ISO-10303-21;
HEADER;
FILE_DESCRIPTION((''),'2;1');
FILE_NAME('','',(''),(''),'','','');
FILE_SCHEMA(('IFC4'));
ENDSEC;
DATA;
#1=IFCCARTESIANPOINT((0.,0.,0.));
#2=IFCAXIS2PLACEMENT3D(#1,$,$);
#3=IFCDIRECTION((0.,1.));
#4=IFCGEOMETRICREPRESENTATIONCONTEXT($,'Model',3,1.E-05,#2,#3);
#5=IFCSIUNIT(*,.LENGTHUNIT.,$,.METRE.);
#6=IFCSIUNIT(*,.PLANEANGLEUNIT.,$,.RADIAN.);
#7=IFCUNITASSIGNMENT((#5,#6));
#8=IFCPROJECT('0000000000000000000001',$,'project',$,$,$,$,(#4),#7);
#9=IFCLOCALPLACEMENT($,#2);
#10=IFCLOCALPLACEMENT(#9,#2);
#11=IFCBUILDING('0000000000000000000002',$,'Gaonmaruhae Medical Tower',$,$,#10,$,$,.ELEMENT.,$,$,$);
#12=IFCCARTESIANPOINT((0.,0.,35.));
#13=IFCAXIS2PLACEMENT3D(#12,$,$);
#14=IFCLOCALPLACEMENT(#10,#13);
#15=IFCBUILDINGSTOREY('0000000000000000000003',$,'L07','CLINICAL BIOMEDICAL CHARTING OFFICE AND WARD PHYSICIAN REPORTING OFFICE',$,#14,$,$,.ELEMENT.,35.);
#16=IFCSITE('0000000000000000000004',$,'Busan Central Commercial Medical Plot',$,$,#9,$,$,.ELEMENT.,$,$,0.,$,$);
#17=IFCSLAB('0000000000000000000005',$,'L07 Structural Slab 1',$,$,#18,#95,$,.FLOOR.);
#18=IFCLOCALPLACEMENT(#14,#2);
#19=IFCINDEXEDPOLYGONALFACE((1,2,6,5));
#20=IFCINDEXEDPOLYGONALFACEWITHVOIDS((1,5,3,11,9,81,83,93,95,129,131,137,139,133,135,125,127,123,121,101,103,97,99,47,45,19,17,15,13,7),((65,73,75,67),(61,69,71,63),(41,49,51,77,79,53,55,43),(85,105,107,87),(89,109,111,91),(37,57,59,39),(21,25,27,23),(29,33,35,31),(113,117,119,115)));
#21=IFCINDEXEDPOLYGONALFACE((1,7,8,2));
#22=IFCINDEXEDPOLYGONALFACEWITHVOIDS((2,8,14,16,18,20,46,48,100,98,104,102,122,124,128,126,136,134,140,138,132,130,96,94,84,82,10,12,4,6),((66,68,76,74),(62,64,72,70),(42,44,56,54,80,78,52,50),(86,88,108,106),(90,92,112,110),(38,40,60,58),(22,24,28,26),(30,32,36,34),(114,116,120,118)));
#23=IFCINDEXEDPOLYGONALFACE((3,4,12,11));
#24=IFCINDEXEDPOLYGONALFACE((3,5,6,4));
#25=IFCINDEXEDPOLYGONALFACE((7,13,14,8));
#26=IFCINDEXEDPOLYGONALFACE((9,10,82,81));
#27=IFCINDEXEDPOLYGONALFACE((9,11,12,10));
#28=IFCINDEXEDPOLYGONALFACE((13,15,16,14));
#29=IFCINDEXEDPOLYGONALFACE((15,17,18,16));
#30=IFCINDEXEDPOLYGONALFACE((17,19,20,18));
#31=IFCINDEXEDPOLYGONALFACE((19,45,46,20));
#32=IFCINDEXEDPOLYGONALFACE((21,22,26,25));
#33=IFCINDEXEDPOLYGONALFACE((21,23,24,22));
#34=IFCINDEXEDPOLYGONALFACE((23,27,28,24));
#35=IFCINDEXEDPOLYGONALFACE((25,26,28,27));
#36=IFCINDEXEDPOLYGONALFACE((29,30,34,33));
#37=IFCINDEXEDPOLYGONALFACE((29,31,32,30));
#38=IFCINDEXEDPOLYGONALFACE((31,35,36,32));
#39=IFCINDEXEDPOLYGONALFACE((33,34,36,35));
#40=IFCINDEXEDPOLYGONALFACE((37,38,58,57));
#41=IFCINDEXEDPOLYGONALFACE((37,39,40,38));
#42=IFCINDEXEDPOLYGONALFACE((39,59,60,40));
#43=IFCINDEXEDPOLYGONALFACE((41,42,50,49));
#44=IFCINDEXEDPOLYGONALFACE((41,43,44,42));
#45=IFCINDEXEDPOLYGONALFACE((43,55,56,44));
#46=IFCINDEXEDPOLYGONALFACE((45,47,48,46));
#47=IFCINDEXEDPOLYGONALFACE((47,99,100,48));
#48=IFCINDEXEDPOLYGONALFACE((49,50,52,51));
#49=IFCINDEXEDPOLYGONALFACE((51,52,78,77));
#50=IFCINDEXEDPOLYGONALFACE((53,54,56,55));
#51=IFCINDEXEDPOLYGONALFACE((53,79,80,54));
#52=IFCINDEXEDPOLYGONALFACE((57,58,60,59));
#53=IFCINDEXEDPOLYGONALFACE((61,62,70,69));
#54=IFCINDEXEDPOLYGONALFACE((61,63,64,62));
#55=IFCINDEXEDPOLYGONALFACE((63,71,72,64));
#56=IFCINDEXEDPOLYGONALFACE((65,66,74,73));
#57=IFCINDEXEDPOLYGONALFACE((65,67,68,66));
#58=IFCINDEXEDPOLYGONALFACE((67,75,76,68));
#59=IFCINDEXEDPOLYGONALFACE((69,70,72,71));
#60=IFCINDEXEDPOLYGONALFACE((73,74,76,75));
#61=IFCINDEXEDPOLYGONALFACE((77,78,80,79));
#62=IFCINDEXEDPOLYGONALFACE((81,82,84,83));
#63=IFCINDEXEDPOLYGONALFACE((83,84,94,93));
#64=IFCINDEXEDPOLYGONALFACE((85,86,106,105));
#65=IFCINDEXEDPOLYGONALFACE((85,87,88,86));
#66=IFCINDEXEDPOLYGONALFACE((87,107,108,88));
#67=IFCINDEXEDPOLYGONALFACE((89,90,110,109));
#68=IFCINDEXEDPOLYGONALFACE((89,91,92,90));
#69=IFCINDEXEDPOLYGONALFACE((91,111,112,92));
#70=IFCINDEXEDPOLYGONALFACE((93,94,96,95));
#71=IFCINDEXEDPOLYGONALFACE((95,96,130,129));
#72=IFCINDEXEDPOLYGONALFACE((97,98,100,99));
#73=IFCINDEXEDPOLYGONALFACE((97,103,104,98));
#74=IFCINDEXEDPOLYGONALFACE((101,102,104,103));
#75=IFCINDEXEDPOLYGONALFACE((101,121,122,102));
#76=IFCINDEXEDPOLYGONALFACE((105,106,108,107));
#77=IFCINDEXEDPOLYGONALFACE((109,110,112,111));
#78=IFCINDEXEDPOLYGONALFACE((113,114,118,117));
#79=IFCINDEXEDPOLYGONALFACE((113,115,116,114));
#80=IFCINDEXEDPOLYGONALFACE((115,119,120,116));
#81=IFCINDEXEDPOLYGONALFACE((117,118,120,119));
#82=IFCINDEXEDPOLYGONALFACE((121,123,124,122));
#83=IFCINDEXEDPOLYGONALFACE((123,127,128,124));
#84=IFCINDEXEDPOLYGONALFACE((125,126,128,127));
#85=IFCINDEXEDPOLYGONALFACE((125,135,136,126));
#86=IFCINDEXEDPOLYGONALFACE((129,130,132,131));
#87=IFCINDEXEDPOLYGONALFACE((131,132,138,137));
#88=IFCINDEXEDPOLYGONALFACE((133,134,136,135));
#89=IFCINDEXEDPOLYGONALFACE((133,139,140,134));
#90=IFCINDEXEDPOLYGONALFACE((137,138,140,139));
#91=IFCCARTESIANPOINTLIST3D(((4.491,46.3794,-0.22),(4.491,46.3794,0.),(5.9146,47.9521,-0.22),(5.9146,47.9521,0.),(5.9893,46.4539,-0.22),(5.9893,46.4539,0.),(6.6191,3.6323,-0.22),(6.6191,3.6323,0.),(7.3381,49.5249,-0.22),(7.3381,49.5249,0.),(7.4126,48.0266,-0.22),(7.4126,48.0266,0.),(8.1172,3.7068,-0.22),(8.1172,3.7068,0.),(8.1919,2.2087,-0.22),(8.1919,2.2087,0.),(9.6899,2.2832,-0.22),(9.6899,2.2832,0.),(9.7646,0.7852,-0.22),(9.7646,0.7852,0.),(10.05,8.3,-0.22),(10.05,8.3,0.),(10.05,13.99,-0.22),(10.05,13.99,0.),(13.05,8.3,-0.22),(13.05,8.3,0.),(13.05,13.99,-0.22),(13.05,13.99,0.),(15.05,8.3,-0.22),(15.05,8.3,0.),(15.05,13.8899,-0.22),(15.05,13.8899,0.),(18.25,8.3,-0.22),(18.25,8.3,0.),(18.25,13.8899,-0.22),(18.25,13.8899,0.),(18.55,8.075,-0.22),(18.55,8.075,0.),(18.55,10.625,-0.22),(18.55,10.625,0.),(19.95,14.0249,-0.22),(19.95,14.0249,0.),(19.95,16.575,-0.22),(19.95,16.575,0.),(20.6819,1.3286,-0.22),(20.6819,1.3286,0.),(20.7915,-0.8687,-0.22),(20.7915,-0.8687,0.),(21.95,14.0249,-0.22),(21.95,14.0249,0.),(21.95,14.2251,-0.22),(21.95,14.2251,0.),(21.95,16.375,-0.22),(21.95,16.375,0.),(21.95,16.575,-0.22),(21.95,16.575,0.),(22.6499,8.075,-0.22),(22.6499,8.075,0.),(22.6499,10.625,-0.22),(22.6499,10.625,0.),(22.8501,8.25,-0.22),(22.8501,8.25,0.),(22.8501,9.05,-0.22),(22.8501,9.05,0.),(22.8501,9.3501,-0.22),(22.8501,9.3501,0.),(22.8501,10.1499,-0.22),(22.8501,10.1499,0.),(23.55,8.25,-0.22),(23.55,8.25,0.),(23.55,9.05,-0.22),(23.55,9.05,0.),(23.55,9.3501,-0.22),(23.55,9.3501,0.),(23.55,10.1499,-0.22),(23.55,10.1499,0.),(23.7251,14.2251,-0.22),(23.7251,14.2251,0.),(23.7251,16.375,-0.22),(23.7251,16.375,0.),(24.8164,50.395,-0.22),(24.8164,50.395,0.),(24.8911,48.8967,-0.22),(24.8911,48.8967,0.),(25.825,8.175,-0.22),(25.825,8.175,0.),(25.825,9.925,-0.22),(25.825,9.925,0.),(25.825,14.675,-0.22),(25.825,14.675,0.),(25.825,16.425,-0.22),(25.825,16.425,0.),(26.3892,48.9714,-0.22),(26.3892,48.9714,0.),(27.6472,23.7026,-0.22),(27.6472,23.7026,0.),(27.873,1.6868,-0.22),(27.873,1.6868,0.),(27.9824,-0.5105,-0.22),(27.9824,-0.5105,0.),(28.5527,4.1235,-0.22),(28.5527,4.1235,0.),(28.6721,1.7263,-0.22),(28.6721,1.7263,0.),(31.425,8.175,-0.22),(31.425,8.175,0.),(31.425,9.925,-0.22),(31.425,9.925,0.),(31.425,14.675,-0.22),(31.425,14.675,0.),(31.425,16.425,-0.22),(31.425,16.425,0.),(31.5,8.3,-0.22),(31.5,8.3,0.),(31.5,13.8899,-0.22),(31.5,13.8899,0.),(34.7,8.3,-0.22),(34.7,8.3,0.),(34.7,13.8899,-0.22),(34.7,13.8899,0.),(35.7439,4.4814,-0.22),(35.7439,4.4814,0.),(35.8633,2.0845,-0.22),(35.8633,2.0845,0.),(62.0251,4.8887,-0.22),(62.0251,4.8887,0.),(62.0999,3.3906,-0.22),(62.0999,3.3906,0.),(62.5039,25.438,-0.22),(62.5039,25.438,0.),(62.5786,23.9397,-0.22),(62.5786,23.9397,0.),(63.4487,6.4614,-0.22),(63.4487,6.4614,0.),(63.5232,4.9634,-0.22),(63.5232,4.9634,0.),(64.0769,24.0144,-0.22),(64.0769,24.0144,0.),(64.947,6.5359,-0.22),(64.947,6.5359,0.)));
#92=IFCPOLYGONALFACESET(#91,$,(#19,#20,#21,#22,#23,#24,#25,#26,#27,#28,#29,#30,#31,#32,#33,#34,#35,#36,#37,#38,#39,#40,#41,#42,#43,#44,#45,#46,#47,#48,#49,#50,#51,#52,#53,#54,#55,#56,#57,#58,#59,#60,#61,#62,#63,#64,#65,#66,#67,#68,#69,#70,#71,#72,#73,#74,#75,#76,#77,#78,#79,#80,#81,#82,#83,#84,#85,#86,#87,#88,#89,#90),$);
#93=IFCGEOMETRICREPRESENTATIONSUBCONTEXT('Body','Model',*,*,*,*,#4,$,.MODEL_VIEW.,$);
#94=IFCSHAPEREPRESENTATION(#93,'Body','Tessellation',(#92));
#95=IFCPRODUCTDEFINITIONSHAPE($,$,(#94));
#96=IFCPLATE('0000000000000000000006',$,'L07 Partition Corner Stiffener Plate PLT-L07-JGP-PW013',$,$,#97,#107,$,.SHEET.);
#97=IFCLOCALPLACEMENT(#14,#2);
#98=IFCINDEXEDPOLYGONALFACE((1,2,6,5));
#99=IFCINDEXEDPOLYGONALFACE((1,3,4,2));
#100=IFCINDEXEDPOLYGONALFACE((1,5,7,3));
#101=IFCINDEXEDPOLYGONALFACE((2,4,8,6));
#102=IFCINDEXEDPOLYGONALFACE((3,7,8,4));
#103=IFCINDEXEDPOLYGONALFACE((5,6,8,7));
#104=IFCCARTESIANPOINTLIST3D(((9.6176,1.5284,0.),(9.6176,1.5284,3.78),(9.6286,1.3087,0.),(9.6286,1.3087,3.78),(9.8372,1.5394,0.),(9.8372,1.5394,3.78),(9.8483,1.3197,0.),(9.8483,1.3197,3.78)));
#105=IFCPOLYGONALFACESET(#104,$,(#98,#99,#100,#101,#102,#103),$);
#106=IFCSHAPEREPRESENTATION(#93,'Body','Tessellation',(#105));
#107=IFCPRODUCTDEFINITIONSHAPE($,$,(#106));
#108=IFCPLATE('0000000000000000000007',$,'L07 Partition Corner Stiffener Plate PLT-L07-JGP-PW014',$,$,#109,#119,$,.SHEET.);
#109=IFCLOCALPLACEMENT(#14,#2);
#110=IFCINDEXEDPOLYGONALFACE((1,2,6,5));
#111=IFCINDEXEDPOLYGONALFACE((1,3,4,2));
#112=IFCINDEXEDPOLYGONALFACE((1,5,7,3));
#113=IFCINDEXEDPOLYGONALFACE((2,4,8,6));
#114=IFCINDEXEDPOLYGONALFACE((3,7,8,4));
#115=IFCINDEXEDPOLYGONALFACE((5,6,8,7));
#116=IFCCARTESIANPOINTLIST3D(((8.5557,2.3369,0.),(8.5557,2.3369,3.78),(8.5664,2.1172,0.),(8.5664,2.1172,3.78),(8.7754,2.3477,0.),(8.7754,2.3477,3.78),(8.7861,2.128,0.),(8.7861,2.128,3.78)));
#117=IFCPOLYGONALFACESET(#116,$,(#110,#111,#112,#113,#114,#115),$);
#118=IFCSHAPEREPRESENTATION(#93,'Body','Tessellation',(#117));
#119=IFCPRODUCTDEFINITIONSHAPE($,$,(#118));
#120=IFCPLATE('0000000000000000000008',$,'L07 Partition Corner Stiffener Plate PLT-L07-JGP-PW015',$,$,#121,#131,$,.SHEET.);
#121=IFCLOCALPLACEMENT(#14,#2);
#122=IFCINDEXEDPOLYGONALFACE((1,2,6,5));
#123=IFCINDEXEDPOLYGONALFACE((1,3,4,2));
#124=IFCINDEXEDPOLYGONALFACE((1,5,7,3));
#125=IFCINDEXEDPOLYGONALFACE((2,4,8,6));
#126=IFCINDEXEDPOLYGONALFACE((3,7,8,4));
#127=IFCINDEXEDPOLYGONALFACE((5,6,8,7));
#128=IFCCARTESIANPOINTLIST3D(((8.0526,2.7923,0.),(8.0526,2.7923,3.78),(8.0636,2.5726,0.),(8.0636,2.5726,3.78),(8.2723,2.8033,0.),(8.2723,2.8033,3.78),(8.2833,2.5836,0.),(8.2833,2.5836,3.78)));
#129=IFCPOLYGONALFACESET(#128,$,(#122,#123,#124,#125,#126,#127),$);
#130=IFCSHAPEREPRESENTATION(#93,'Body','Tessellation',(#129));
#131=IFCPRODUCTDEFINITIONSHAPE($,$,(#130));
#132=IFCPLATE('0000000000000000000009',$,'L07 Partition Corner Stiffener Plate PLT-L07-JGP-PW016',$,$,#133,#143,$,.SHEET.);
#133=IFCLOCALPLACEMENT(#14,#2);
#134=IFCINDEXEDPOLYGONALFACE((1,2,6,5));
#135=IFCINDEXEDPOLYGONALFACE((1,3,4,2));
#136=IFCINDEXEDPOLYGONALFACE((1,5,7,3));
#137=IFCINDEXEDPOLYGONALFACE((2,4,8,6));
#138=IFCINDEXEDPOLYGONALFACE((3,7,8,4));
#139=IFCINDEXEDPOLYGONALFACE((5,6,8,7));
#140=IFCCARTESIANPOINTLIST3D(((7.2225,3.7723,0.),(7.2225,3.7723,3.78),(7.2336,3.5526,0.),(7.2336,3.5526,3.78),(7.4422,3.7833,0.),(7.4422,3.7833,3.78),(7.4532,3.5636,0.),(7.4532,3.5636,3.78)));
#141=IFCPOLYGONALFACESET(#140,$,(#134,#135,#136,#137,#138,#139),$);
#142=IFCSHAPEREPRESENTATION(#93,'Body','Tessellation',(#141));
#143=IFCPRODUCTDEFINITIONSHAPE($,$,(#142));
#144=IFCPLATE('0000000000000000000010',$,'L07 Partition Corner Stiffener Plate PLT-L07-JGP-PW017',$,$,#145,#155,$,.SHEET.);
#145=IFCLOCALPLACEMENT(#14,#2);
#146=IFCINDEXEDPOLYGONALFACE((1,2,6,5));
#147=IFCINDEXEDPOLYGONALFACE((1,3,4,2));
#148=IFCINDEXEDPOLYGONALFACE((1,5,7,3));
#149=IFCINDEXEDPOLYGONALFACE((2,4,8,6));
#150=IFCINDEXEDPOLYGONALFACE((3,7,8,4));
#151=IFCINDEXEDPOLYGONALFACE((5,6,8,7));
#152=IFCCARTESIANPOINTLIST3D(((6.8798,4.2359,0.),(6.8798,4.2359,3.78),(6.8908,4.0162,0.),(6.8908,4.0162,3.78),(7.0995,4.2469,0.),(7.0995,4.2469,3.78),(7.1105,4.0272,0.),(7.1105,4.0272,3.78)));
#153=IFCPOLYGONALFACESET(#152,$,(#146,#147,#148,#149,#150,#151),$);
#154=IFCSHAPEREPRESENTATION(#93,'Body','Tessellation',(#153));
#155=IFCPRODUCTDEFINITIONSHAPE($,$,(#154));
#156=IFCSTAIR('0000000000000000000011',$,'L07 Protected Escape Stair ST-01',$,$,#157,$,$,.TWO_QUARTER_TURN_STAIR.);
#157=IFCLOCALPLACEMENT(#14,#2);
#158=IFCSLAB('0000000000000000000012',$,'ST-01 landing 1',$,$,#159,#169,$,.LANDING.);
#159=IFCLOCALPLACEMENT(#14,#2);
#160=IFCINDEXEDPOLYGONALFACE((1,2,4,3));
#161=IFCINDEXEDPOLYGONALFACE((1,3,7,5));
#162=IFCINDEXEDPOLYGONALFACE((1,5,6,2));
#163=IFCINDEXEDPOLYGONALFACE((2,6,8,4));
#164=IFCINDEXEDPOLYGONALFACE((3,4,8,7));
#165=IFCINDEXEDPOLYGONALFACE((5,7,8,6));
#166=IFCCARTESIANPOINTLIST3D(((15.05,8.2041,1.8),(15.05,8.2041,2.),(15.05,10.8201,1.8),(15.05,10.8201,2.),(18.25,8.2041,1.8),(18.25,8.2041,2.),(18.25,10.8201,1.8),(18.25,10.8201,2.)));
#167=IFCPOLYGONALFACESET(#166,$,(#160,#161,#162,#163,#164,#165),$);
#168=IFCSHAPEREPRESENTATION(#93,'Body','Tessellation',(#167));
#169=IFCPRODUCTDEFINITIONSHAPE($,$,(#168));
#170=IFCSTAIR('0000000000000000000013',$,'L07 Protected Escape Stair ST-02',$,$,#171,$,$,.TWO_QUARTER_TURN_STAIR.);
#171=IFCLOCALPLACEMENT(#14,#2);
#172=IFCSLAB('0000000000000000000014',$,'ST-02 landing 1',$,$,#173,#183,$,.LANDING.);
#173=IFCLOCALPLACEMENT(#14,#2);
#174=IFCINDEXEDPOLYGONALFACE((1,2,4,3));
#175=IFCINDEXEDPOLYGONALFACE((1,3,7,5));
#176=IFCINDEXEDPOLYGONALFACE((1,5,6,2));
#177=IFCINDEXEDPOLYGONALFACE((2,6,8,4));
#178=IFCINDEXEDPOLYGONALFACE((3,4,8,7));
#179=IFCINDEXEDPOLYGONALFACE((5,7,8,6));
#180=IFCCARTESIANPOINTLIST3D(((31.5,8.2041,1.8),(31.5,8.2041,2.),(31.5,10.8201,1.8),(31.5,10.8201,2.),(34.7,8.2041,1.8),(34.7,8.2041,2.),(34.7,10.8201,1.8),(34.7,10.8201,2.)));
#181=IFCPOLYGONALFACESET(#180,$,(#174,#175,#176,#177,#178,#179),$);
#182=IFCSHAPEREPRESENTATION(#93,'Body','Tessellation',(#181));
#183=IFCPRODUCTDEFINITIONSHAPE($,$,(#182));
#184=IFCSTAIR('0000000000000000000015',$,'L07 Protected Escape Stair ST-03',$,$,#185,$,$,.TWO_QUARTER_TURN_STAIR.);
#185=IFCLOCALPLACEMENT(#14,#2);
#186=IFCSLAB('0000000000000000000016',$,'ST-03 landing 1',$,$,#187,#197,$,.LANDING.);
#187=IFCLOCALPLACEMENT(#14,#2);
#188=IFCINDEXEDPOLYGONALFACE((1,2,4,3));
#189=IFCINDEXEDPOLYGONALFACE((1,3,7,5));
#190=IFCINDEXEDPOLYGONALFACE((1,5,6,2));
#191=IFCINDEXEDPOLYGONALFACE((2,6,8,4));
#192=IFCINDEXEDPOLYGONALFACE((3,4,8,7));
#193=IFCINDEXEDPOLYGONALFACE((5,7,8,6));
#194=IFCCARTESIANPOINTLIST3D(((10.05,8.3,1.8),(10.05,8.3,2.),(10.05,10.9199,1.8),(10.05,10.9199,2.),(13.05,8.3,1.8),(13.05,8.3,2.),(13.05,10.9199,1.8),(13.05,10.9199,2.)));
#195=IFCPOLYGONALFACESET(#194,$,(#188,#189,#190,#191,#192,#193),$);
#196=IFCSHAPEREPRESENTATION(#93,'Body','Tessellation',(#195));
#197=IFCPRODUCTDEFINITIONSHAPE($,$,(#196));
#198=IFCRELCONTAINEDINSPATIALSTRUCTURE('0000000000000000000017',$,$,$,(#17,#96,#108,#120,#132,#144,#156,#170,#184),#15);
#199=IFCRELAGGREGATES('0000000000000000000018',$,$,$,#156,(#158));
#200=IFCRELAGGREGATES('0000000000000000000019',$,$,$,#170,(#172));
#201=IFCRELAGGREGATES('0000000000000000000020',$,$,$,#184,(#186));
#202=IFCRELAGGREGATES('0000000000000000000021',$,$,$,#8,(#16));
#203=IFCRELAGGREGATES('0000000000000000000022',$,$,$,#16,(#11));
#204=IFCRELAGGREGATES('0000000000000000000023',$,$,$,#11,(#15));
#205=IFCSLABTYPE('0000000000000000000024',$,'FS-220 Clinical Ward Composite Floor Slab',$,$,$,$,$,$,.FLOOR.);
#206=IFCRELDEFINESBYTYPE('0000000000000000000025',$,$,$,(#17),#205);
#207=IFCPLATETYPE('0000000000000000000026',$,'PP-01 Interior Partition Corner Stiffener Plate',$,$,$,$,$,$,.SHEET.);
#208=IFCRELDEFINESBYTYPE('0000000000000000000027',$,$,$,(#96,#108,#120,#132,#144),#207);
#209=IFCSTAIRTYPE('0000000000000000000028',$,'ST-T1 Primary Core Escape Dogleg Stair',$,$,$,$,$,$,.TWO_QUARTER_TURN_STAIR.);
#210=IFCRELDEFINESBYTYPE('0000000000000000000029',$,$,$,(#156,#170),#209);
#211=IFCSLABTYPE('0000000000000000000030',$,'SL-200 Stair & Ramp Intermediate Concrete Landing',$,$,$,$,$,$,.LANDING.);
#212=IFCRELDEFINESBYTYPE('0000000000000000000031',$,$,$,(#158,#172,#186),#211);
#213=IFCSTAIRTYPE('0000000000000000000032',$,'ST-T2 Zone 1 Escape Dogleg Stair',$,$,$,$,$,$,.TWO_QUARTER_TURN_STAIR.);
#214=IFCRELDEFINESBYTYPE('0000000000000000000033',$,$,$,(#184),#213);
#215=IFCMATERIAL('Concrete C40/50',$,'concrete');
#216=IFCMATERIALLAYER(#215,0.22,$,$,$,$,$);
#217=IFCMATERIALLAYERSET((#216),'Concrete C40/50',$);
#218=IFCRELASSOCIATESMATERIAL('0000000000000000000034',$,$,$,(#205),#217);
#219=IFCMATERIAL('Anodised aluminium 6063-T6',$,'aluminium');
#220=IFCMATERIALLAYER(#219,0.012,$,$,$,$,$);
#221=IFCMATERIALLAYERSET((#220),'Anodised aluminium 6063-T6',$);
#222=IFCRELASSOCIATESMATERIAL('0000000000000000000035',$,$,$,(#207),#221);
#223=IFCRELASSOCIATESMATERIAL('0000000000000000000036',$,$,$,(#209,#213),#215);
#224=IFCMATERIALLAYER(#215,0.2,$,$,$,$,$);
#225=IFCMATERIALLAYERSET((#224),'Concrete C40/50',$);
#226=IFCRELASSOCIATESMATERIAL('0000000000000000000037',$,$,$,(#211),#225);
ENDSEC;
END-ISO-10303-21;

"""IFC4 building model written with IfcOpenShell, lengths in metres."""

from ifc_helpers import new_model, si_unit, direction, frame, origin, origin_2d, place, context, subcontext, project, spatial, polyline, rectangle, outline, extrude, material, layer, layer_set, type_object, element, aggregate, save


model = new_model("IFC4")

# Units and contexts
model_context = context("Model", 3, precision=1e-05, world=origin(), true_north=direction((0.0, 1.0)))
body_context = subcontext(model_context, "Body", "Model", "MODEL_VIEW")
ifc_project = project(units=[si_unit("LENGTHUNIT", "METRE"), si_unit("PLANEANGLEUNIT", "RADIAN")], contexts=[model_context])

# Site, building, storey
site_placement = place(None, origin())
site = spatial("IfcSite", under=ifc_project, at=site_placement, Name="Busan Central Commercial Medical Plot", CompositionType="ELEMENT", RefElevation=0.0)
building_placement = place(site_placement, origin())
building = spatial("IfcBuilding", under=site, at=building_placement, Name="Gaonmaruhae Medical Tower", CompositionType="ELEMENT")
storey_placement = place(building_placement, frame((0.0, 0.0, 35.0)))
storey = spatial("IfcBuildingStorey", under=building, at=storey_placement, Name="L07", Description="CLINICAL BIOMEDICAL CHARTING OFFICE AND WARD PHYSICIAN REPORTING OFFICE", CompositionType="ELEMENT", Elevation=35.0)

# Slab
ifc_material_1 = material(Name="Concrete C40/50", Category="concrete")
ifc_layer_1 = layer(ifc_material_1, 0.22)
ifc_layer_set_1 = layer_set([ifc_layer_1], Name="Concrete C40/50")
slab_type_1 = type_object("IfcSlabType", Name="FS-220 Clinical Ward Composite Floor Slab", PredefinedType="FLOOR", material=ifc_layer_set_1)
slab_1_placement = place(storey_placement, frame((0.0, 0.0, -0.22)))
element("IfcSlab", 1, at=slab_1_placement, inside=storey, type_object=slab_type_1, Name="L07 Structural Slab 1", PredefinedType="FLOOR", context=body_context, shape_type="SweptSolid", body=[
    extrude(outline(polyline([(9.6899, 2.2832), (8.1919, 2.2087), (8.1172, 3.7068), (6.6191, 3.6323), (4.491, 46.3794), (5.9893, 46.4539), (5.9146, 47.9521), (7.4126, 48.0266), (7.3381, 49.5249), (24.8164, 50.395), (24.8911, 48.8967), (26.3892, 48.9714), (27.6472, 23.7026), (62.5039, 25.438), (62.5786, 23.9397), (64.0769, 24.0144), (64.947, 6.5359), (63.4487, 6.4614), (63.5232, 4.9634), (62.0251, 4.8887), (62.0999, 3.3906), (35.8633, 2.0845), (35.7439, 4.4814), (28.5527, 4.1235), (28.6721, 1.7263), (27.873, 1.6868), (27.9824, -0.5105), (20.7915, -0.8687), (20.6819, 1.3286), (9.7646, 0.7852), (9.6899, 2.2832)]), holes=[polyline([(23.55, 8.25), (22.8501, 8.25), (22.8501, 9.05), (23.55, 9.05), (23.55, 8.25)]), polyline([(25.825, 9.925), (31.425, 9.925), (31.425, 8.175), (25.825, 8.175), (25.825, 9.925)]), polyline([(22.6499, 10.625), (22.6499, 8.075), (18.55, 8.075), (18.55, 10.625), (22.6499, 10.625)]), polyline([(23.55, 9.3501), (22.8501, 9.3501), (22.8501, 10.1499), (23.55, 10.1499), (23.55, 9.3501)]), polyline([(15.05, 13.8899), (18.25, 13.8899), (18.25, 8.3), (15.05, 8.3), (15.05, 13.8899)]), polyline([(31.5, 13.8899), (34.7, 13.8899), (34.7, 8.3), (31.5, 8.3), (31.5, 13.8899)]), polyline([(10.05, 13.99), (13.05, 13.99), (13.05, 8.3), (10.05, 8.3), (10.05, 13.99)]), polyline([(21.95, 14.0249), (19.95, 14.0249), (19.95, 16.575), (21.95, 16.575), (21.95, 16.375), (23.7251, 16.375), (23.7251, 14.2251), (21.95, 14.2251), (21.95, 14.0249)]), polyline([(31.425, 16.425), (31.425, 14.675), (25.825, 14.675), (25.825, 16.425), (31.425, 16.425)])]), origin(), (0.0, 0.0, 1.0), 0.22),
])

# Plates
ifc_material_2 = material(Name="Anodised aluminium 6063-T6", Category="aluminium")
ifc_layer_2 = layer(ifc_material_2, 0.012)
ifc_layer_set_2 = layer_set([ifc_layer_2], Name="Anodised aluminium 6063-T6")
plate_type = type_object("IfcPlateType", Name="PP-01 Interior Partition Corner Stiffener Plate", PredefinedType="SHEET", material=ifc_layer_set_2)
for number, where, z_axis, x_axis, name in (
    (2, (9.7329, 1.4241, 0.0), (0.0, 0.0, 1.0), (-0.050087, 0.998745, 0.0), "L07 Partition Corner Stiffener Plate PLT-L07-JGP-PW013"),
    (3, (8.6709, 2.2324, 0.0), (0.0, 0.0, 1.0), (-0.998798, -0.049007, 0.0), "L07 Partition Corner Stiffener Plate PLT-L07-JGP-PW014"),
    (4, (8.168, 2.688, 0.0), (0.0, 0.0, 1.0), (-0.050035, 0.998747, 0.0), "L07 Partition Corner Stiffener Plate PLT-L07-JGP-PW015"),
    (5, (7.3379, 3.668, 0.0), (0.0, 0.0, 1.0), (-0.998745, -0.050087, 0.0), "L07 Partition Corner Stiffener Plate PLT-L07-JGP-PW016"),
    (6, (6.9951, 4.1316, 0.0), (0.0, 0.0, 1.0), (-0.049983, 0.99875, 0.0), "L07 Partition Corner Stiffener Plate PLT-L07-JGP-PW017"),
):
    element("IfcPlate", number, at=place(storey_placement, frame(where, z_axis=z_axis, x_axis=x_axis)), inside=storey, type_object=plate_type, Name=name, PredefinedType="SHEET", context=body_context, shape_type="SweptSolid", body=[
        extrude(rectangle(XDim=0.22, YDim=0.22, at=origin_2d()), origin(), (0.0, 0.0, 1.0), 3.78),
    ])

# Stairs, slabs
stair_type_1 = type_object("IfcStairType", Name="ST-T1 Primary Core Escape Dogleg Stair", PredefinedType="TWO_QUARTER_TURN_STAIR", material=ifc_material_1)
stair_1_placement = place(storey_placement, origin())
stair_1 = element("IfcStair", 7, at=stair_1_placement, inside=storey, type_object=stair_type_1, Name="L07 Protected Escape Stair ST-01", PredefinedType="TWO_QUARTER_TURN_STAIR")
ifc_layer_3 = layer(ifc_material_1, 0.2)
ifc_layer_set_3 = layer_set([ifc_layer_3], Name="Concrete C40/50")
slab_type_2 = type_object("IfcSlabType", Name="SL-200 Stair & Ramp Intermediate Concrete Landing", PredefinedType="LANDING", material=ifc_layer_set_3)
slab_2_placement = place(storey_placement, frame((0.0, 0.0, 1.8)))
slab_2 = element("IfcSlab", 8, at=slab_2_placement, type_object=slab_type_2, Name="ST-01 landing 1", PredefinedType="LANDING", context=body_context, shape_type="SweptSolid", body=[
    extrude(outline(polyline([(15.05, 10.8201), (15.05, 8.2041), (18.25, 8.2041), (18.25, 10.8201), (15.05, 10.8201)])), origin(), (0.0, 0.0, 1.0), 0.2),
])
aggregate(stair_1, [slab_2])
stair_2_placement = place(storey_placement, origin())
stair_2 = element("IfcStair", 9, at=stair_2_placement, inside=storey, type_object=stair_type_1, Name="L07 Protected Escape Stair ST-02", PredefinedType="TWO_QUARTER_TURN_STAIR")
slab_3_placement = place(storey_placement, frame((0.0, 0.0, 1.8)))
slab_3 = element("IfcSlab", 10, at=slab_3_placement, type_object=slab_type_2, Name="ST-02 landing 1", PredefinedType="LANDING", context=body_context, shape_type="SweptSolid", body=[
    extrude(outline(polyline([(31.5, 10.8201), (31.5, 8.2041), (34.7, 8.2041), (34.7, 10.8201), (31.5, 10.8201)])), origin(), (0.0, 0.0, 1.0), 0.2),
])
aggregate(stair_2, [slab_3])
stair_type_2 = type_object("IfcStairType", Name="ST-T2 Zone 1 Escape Dogleg Stair", PredefinedType="TWO_QUARTER_TURN_STAIR", material=ifc_material_1)
stair_3_placement = place(storey_placement, origin())
stair_3 = element("IfcStair", 11, at=stair_3_placement, inside=storey, type_object=stair_type_2, Name="L07 Protected Escape Stair ST-03", PredefinedType="TWO_QUARTER_TURN_STAIR")
slab_4_placement = place(storey_placement, frame((0.0, 0.0, 1.8)))
slab_4 = element("IfcSlab", 12, at=slab_4_placement, type_object=slab_type_2, Name="ST-03 landing 1", PredefinedType="LANDING", context=body_context, shape_type="SweptSolid", body=[
    extrude(outline(polyline([(10.05, 10.9199), (10.05, 8.3), (13.05, 8.3), (13.05, 10.9199), (10.05, 10.9199)])), origin(), (0.0, 0.0, 1.0), 0.2),
])
aggregate(stair_3, [slab_4])

save(model, "model.ifc")
